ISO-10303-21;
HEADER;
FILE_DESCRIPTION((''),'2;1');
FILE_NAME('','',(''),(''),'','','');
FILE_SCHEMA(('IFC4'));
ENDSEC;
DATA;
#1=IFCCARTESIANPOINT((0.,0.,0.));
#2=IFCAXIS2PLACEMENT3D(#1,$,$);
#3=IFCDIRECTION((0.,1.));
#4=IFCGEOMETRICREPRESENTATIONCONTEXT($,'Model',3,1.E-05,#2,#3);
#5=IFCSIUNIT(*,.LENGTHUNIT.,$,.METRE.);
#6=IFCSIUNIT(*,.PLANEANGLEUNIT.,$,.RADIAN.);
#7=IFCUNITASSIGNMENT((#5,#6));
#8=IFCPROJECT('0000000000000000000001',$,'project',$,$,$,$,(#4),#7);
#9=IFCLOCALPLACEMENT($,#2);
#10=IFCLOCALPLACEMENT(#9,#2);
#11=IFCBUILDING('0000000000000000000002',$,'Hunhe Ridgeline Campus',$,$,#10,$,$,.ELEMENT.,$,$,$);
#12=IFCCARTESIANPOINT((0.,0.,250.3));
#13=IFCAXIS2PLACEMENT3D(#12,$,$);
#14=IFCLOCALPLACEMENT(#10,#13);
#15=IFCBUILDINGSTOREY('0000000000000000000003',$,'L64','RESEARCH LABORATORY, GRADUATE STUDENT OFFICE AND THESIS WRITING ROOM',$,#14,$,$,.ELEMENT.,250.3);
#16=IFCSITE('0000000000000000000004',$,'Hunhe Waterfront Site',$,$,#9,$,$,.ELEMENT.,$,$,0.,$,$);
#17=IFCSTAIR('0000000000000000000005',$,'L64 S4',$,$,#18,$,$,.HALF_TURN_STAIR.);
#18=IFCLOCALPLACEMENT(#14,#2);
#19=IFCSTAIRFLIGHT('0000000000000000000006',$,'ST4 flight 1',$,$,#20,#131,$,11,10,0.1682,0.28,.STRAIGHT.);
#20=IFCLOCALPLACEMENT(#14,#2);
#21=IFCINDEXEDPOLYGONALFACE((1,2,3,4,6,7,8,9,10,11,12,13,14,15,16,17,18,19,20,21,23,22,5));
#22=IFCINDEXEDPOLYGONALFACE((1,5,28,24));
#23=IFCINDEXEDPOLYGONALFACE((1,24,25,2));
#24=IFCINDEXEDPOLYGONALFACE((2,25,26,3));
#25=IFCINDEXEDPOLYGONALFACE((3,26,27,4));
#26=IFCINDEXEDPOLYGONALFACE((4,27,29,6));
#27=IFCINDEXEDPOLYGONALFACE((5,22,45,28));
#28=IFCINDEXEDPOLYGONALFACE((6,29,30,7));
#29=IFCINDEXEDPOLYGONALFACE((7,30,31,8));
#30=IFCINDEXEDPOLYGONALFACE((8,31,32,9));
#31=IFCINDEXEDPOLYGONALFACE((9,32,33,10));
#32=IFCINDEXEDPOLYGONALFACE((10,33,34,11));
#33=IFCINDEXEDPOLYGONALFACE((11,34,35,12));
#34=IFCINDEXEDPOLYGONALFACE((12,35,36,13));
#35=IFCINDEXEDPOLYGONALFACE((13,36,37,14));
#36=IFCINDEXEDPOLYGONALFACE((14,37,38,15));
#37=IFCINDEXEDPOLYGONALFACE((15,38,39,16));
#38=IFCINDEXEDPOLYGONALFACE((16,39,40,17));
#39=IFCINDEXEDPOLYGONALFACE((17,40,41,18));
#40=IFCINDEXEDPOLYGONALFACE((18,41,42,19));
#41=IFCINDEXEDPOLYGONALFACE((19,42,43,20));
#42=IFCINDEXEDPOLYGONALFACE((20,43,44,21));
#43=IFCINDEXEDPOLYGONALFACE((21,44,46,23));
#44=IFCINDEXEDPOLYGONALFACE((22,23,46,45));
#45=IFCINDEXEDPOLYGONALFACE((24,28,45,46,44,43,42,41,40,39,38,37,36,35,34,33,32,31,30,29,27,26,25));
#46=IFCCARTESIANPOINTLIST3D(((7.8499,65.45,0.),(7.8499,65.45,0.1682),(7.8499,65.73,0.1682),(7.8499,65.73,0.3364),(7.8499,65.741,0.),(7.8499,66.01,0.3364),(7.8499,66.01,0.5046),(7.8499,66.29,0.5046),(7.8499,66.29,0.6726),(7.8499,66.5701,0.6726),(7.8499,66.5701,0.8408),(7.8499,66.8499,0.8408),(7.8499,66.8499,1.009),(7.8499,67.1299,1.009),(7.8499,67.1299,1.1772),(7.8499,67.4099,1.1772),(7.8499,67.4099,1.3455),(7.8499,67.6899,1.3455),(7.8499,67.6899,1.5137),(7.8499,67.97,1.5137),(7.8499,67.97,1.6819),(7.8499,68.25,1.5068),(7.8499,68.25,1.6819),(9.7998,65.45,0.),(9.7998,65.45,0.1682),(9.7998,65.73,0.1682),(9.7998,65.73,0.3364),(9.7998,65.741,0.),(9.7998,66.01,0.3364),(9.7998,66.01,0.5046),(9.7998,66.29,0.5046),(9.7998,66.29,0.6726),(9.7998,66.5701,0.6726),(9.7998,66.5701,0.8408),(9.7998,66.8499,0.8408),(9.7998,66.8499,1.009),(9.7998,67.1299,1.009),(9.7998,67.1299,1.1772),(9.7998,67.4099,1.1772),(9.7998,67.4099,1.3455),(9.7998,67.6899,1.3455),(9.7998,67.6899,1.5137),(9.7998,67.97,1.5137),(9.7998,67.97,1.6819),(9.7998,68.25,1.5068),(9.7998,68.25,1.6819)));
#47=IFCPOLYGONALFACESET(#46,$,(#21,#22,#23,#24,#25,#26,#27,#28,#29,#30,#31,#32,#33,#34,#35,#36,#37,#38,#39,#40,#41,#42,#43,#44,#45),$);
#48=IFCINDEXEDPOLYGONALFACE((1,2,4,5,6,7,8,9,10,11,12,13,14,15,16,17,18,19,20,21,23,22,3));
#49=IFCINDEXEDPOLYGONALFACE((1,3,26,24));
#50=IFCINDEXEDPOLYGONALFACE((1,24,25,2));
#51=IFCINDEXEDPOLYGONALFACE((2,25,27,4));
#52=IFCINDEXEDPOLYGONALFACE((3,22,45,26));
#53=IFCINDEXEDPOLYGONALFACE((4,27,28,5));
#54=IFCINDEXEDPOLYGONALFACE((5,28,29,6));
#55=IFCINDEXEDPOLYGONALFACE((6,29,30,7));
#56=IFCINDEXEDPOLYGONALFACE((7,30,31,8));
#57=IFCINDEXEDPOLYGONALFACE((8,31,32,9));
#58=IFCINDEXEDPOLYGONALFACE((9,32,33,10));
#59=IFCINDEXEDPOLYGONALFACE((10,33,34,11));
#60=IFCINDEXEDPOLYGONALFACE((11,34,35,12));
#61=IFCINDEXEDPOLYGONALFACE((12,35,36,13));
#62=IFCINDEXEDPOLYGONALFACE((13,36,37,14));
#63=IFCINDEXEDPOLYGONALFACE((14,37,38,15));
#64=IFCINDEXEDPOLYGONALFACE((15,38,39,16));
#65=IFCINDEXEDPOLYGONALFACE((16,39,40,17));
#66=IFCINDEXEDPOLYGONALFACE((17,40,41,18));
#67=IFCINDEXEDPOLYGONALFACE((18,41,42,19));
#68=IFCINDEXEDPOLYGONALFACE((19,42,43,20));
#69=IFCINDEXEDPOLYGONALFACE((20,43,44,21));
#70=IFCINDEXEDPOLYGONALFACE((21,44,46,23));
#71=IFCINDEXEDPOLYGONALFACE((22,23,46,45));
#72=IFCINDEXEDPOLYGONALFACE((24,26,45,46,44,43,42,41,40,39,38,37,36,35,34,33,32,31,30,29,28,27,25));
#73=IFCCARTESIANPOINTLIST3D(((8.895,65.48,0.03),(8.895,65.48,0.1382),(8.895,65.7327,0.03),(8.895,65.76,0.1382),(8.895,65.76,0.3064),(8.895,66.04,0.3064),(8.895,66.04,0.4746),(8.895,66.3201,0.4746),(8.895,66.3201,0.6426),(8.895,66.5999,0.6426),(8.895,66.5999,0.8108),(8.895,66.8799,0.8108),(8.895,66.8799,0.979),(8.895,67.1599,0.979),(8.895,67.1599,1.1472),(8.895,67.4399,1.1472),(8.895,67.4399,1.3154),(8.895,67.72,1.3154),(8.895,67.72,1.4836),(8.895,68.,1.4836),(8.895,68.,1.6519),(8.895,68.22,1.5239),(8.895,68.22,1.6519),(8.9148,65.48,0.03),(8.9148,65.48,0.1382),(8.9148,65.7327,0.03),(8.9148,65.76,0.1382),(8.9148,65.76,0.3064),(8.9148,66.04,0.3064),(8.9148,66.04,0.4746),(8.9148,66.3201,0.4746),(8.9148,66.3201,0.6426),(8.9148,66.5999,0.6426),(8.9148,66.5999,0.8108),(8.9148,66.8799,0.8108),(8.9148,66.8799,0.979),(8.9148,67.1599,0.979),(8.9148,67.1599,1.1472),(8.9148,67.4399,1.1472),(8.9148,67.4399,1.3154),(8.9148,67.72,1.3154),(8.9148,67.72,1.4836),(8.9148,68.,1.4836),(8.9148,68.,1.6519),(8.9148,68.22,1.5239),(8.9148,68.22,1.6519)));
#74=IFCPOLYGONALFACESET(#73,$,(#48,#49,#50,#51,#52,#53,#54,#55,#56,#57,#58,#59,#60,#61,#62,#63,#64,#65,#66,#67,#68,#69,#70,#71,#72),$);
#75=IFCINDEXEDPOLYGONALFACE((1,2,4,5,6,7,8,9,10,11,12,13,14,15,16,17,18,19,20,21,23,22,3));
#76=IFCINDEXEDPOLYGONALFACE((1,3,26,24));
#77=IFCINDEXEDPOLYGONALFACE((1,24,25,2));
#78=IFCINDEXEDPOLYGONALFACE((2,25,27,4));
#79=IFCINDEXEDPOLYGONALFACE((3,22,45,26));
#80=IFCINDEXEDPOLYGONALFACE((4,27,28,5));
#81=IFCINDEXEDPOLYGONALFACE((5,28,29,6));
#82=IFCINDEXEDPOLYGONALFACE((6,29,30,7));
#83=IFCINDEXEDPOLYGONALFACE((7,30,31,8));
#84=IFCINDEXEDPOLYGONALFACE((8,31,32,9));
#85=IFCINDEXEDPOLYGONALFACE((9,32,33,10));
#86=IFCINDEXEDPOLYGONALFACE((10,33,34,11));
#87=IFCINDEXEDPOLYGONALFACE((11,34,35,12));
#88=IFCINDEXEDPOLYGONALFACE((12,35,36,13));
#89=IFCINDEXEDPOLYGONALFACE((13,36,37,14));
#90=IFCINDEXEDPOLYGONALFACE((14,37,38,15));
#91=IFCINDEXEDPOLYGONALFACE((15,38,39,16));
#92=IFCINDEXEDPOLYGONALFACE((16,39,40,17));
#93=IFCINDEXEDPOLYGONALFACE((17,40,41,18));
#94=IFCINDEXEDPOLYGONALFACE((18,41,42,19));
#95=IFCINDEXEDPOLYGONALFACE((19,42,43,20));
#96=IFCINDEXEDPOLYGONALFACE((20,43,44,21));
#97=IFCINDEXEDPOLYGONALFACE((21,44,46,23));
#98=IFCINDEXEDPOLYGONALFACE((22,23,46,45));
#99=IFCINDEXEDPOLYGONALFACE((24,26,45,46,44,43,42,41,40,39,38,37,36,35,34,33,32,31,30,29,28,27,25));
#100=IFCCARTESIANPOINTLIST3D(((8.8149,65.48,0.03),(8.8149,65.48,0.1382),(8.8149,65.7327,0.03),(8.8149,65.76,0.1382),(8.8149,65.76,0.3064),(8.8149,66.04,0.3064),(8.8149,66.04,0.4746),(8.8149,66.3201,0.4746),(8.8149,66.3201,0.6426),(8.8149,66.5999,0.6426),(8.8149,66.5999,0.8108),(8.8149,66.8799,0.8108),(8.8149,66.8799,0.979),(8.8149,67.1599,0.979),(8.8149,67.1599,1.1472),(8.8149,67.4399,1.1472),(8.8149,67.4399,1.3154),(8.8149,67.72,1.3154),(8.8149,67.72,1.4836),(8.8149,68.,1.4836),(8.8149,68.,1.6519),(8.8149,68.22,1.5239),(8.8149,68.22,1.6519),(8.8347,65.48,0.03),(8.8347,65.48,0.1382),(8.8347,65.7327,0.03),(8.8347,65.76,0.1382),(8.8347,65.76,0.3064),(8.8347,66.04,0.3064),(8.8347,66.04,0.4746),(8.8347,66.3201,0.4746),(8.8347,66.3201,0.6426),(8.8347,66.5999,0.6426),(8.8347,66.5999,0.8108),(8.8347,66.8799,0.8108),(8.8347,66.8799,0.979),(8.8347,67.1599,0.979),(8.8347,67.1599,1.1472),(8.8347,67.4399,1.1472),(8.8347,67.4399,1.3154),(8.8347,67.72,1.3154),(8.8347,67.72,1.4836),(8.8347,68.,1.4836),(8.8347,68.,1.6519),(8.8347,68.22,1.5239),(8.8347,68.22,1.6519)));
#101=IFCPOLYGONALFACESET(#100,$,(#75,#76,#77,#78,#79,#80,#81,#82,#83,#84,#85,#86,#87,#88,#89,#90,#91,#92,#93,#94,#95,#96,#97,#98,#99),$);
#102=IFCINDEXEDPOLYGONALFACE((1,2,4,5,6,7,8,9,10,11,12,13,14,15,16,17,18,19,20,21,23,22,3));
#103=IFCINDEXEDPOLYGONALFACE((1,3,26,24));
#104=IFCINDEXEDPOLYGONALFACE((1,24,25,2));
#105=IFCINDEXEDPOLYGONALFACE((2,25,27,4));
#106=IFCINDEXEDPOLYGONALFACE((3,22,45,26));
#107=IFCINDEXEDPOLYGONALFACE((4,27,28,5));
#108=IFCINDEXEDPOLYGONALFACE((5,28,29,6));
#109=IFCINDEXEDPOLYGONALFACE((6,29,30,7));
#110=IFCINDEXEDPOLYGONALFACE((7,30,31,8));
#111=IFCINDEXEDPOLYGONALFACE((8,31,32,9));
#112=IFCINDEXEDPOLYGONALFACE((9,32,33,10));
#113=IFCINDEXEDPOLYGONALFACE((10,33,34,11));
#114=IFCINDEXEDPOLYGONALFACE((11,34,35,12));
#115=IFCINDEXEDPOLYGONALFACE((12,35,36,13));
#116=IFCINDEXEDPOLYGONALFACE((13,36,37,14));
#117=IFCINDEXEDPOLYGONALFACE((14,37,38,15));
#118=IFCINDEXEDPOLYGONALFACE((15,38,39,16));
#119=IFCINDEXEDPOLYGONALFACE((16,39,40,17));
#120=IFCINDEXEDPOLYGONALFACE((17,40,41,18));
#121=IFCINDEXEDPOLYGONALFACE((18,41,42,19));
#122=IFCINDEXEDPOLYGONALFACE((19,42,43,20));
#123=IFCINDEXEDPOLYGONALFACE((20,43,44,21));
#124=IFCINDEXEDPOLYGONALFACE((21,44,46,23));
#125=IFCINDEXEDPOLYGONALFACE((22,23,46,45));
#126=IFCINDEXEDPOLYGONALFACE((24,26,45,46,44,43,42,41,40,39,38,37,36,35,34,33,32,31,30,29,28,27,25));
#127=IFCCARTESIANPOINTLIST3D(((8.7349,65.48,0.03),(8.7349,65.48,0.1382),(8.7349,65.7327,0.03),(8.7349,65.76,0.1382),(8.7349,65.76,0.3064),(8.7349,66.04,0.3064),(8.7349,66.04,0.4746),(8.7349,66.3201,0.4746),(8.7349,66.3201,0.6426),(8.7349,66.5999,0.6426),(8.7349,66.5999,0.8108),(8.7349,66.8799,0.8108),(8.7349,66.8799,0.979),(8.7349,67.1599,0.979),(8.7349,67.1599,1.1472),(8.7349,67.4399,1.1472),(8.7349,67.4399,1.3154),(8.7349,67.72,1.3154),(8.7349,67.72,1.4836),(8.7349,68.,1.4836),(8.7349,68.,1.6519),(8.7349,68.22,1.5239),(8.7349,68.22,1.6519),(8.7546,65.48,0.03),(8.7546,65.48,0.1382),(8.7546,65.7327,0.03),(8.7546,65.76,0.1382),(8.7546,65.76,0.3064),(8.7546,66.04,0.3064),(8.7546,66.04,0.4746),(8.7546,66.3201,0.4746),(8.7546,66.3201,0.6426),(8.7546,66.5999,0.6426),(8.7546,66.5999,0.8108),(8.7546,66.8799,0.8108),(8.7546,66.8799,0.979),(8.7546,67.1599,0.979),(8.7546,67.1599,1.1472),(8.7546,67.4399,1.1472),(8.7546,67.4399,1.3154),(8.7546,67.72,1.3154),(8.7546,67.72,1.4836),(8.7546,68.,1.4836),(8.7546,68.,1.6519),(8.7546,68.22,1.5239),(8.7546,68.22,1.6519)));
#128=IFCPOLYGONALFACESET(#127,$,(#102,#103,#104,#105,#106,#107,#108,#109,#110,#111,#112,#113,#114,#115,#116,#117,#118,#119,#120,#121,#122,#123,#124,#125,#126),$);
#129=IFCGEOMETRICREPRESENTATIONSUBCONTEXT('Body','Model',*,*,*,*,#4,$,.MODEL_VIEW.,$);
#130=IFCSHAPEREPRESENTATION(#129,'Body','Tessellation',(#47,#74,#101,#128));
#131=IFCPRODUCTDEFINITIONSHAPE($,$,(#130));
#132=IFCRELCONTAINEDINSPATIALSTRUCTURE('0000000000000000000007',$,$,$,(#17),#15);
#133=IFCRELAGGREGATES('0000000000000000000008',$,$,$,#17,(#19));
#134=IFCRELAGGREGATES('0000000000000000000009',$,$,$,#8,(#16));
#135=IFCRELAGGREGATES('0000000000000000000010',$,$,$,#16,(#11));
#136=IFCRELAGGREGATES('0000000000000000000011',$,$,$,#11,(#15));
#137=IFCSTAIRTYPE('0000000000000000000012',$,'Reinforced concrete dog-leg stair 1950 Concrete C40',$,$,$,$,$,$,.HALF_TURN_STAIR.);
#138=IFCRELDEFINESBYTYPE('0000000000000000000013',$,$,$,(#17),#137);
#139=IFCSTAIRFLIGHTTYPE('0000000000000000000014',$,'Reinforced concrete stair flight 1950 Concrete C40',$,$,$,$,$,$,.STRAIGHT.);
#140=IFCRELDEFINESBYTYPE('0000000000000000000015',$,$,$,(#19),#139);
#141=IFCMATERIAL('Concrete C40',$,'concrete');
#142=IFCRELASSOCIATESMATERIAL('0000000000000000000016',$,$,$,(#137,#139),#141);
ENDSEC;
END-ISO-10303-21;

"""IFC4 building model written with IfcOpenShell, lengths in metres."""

from ifc_helpers import new_model, si_unit, direction, frame, origin, place, context, subcontext, project, spatial, polyline, outline, extrude, material, type_object, element, aggregate, save


model = new_model("IFC4")

# Units and contexts
model_context = context("Model", 3, precision=1e-05, world=origin(), true_north=direction((0.0, 1.0)))
body_context = subcontext(model_context, "Body", "Model", "MODEL_VIEW")
ifc_project = project(units=[si_unit("LENGTHUNIT", "METRE"), si_unit("PLANEANGLEUNIT", "RADIAN")], contexts=[model_context])

# Site, building, storey
site_placement = place(None, origin())
site = spatial("IfcSite", under=ifc_project, at=site_placement, Name="Hunhe Waterfront Site", CompositionType="ELEMENT", RefElevation=0.0)
building_placement = place(site_placement, origin())
building = spatial("IfcBuilding", under=site, at=building_placement, Name="Hunhe Ridgeline Campus", CompositionType="ELEMENT")
storey_placement = place(building_placement, frame((0.0, 0.0, 250.3)))
storey = spatial("IfcBuildingStorey", under=building, at=storey_placement, Name="L64", Description="RESEARCH LABORATORY, GRADUATE STUDENT OFFICE AND THESIS WRITING ROOM", CompositionType="ELEMENT", Elevation=250.3)

# Stair, stair flight
ifc_material_1 = material(Name="Concrete C40", Category="concrete")
stair_type = type_object("IfcStairType", Name="Reinforced concrete dog-leg stair 1950 Concrete C40", PredefinedType="HALF_TURN_STAIR", material=ifc_material_1)
stair_flight_type = type_object("IfcStairFlightType", Name="Reinforced concrete stair flight 1950 Concrete C40", PredefinedType="STRAIGHT", material=ifc_material_1)
stair_1_placement = place(storey_placement, origin())
stair_1 = element("IfcStair", 1, at=stair_1_placement, inside=storey, type_object=stair_type, Name="L64 S4", PredefinedType="HALF_TURN_STAIR")
stair_flight_1_placement = place(storey_placement, frame((8.825, 65.45, 0.0), z_axis=(0.0, 0.0, 1.0), x_axis=(0.0, 1.0, 0.0)))
stair_flight_1 = element("IfcStairFlight", 2, at=stair_flight_1_placement, type_object=stair_flight_type, Name="ST4 flight 1", NumberOfRisers=11, NumberOfTreads=10, PredefinedType="STRAIGHT", RiserHeight=0.1682, TreadLength=0.28, context=body_context, shape_type="SweptSolid", body=[
    extrude(outline(polyline([(0.0, 0.0), (0.0, 0.1682), (0.28, 0.1682), (0.28, 0.3364), (0.5601, 0.3364), (0.5601, 0.5046), (0.8401, 0.5046), (0.8401, 0.6726), (1.1201, 0.6726), (1.1201, 0.8408), (1.3999, 0.8408), (1.3999, 1.009), (1.6799, 1.009), (1.6799, 1.1772), (1.96, 1.1772), (1.96, 1.3455), (2.24, 1.3455), (2.24, 1.5137), (2.52, 1.5137), (2.52, 1.6819), (2.8, 1.6819), (2.8, 1.8501), (2.8, 1.5068), (0.291, 0.0), (0.0, 0.0)])), frame((0.0, 0.9751, 0.0), z_axis=(0.0, -1.0, 0.0), x_axis=(1.0, 0.0, 0.0)), (0.0, 0.0, 1.0), 1.95),
    extrude(outline(polyline([(0.03, 0.03), (0.03, 0.1382), (0.3101, 0.1382), (0.3101, 0.3064), (0.5901, 0.3064), (0.5901, 0.4746), (0.8701, 0.4746), (0.8701, 0.6426), (1.1499, 0.6426), (1.1499, 0.8108), (1.4299, 0.8108), (1.4299, 0.979), (1.71, 0.979), (1.71, 1.1472), (1.99, 1.1472), (1.99, 1.3154), (2.27, 1.3154), (2.27, 1.4836), (2.55, 1.4836), (2.55, 1.6519), (2.77, 1.6519), (2.77, 1.5239), (0.2827, 0.03), (0.03, 0.03)])), frame((0.0, -0.0701, 0.0), z_axis=(0.0, -1.0, 0.0), x_axis=(1.0, 0.0, 0.0)), (0.0, 0.0, 1.0), 0.0198),
    extrude(outline(polyline([(0.03, 0.03), (0.03, 0.1382), (0.3101, 0.1382), (0.3101, 0.3064), (0.5901, 0.3064), (0.5901, 0.4746), (0.8701, 0.4746), (0.8701, 0.6426), (1.1499, 0.6426), (1.1499, 0.8108), (1.4299, 0.8108), (1.4299, 0.979), (1.71, 0.979), (1.71, 1.1472), (1.99, 1.1472), (1.99, 1.3154), (2.27, 1.3154), (2.27, 1.4836), (2.55, 1.4836), (2.55, 1.6519), (2.77, 1.6519), (2.77, 1.5239), (0.2827, 0.03), (0.03, 0.03)])), frame((0.0, 0.01, 0.0), z_axis=(0.0, -1.0, 0.0), x_axis=(1.0, 0.0, 0.0)), (0.0, 0.0, 1.0), 0.0198),
    extrude(outline(polyline([(0.03, 0.03), (0.03, 0.1382), (0.3101, 0.1382), (0.3101, 0.3064), (0.5901, 0.3064), (0.5901, 0.4746), (0.8701, 0.4746), (0.8701, 0.6426), (1.1499, 0.6426), (1.1499, 0.8108), (1.4299, 0.8108), (1.4299, 0.979), (1.71, 0.979), (1.71, 1.1472), (1.99, 1.1472), (1.99, 1.3154), (2.27, 1.3154), (2.27, 1.4836), (2.55, 1.4836), (2.55, 1.6519), (2.77, 1.6519), (2.77, 1.5239), (0.2827, 0.03), (0.03, 0.03)])), frame((0.0, 0.0901, 0.0), z_axis=(0.0, -1.0, 0.0), x_axis=(1.0, 0.0, 0.0)), (0.0, 0.0, 1.0), 0.0198),
])
aggregate(stair_1, [stair_flight_1])

save(model, "model.ifc")
